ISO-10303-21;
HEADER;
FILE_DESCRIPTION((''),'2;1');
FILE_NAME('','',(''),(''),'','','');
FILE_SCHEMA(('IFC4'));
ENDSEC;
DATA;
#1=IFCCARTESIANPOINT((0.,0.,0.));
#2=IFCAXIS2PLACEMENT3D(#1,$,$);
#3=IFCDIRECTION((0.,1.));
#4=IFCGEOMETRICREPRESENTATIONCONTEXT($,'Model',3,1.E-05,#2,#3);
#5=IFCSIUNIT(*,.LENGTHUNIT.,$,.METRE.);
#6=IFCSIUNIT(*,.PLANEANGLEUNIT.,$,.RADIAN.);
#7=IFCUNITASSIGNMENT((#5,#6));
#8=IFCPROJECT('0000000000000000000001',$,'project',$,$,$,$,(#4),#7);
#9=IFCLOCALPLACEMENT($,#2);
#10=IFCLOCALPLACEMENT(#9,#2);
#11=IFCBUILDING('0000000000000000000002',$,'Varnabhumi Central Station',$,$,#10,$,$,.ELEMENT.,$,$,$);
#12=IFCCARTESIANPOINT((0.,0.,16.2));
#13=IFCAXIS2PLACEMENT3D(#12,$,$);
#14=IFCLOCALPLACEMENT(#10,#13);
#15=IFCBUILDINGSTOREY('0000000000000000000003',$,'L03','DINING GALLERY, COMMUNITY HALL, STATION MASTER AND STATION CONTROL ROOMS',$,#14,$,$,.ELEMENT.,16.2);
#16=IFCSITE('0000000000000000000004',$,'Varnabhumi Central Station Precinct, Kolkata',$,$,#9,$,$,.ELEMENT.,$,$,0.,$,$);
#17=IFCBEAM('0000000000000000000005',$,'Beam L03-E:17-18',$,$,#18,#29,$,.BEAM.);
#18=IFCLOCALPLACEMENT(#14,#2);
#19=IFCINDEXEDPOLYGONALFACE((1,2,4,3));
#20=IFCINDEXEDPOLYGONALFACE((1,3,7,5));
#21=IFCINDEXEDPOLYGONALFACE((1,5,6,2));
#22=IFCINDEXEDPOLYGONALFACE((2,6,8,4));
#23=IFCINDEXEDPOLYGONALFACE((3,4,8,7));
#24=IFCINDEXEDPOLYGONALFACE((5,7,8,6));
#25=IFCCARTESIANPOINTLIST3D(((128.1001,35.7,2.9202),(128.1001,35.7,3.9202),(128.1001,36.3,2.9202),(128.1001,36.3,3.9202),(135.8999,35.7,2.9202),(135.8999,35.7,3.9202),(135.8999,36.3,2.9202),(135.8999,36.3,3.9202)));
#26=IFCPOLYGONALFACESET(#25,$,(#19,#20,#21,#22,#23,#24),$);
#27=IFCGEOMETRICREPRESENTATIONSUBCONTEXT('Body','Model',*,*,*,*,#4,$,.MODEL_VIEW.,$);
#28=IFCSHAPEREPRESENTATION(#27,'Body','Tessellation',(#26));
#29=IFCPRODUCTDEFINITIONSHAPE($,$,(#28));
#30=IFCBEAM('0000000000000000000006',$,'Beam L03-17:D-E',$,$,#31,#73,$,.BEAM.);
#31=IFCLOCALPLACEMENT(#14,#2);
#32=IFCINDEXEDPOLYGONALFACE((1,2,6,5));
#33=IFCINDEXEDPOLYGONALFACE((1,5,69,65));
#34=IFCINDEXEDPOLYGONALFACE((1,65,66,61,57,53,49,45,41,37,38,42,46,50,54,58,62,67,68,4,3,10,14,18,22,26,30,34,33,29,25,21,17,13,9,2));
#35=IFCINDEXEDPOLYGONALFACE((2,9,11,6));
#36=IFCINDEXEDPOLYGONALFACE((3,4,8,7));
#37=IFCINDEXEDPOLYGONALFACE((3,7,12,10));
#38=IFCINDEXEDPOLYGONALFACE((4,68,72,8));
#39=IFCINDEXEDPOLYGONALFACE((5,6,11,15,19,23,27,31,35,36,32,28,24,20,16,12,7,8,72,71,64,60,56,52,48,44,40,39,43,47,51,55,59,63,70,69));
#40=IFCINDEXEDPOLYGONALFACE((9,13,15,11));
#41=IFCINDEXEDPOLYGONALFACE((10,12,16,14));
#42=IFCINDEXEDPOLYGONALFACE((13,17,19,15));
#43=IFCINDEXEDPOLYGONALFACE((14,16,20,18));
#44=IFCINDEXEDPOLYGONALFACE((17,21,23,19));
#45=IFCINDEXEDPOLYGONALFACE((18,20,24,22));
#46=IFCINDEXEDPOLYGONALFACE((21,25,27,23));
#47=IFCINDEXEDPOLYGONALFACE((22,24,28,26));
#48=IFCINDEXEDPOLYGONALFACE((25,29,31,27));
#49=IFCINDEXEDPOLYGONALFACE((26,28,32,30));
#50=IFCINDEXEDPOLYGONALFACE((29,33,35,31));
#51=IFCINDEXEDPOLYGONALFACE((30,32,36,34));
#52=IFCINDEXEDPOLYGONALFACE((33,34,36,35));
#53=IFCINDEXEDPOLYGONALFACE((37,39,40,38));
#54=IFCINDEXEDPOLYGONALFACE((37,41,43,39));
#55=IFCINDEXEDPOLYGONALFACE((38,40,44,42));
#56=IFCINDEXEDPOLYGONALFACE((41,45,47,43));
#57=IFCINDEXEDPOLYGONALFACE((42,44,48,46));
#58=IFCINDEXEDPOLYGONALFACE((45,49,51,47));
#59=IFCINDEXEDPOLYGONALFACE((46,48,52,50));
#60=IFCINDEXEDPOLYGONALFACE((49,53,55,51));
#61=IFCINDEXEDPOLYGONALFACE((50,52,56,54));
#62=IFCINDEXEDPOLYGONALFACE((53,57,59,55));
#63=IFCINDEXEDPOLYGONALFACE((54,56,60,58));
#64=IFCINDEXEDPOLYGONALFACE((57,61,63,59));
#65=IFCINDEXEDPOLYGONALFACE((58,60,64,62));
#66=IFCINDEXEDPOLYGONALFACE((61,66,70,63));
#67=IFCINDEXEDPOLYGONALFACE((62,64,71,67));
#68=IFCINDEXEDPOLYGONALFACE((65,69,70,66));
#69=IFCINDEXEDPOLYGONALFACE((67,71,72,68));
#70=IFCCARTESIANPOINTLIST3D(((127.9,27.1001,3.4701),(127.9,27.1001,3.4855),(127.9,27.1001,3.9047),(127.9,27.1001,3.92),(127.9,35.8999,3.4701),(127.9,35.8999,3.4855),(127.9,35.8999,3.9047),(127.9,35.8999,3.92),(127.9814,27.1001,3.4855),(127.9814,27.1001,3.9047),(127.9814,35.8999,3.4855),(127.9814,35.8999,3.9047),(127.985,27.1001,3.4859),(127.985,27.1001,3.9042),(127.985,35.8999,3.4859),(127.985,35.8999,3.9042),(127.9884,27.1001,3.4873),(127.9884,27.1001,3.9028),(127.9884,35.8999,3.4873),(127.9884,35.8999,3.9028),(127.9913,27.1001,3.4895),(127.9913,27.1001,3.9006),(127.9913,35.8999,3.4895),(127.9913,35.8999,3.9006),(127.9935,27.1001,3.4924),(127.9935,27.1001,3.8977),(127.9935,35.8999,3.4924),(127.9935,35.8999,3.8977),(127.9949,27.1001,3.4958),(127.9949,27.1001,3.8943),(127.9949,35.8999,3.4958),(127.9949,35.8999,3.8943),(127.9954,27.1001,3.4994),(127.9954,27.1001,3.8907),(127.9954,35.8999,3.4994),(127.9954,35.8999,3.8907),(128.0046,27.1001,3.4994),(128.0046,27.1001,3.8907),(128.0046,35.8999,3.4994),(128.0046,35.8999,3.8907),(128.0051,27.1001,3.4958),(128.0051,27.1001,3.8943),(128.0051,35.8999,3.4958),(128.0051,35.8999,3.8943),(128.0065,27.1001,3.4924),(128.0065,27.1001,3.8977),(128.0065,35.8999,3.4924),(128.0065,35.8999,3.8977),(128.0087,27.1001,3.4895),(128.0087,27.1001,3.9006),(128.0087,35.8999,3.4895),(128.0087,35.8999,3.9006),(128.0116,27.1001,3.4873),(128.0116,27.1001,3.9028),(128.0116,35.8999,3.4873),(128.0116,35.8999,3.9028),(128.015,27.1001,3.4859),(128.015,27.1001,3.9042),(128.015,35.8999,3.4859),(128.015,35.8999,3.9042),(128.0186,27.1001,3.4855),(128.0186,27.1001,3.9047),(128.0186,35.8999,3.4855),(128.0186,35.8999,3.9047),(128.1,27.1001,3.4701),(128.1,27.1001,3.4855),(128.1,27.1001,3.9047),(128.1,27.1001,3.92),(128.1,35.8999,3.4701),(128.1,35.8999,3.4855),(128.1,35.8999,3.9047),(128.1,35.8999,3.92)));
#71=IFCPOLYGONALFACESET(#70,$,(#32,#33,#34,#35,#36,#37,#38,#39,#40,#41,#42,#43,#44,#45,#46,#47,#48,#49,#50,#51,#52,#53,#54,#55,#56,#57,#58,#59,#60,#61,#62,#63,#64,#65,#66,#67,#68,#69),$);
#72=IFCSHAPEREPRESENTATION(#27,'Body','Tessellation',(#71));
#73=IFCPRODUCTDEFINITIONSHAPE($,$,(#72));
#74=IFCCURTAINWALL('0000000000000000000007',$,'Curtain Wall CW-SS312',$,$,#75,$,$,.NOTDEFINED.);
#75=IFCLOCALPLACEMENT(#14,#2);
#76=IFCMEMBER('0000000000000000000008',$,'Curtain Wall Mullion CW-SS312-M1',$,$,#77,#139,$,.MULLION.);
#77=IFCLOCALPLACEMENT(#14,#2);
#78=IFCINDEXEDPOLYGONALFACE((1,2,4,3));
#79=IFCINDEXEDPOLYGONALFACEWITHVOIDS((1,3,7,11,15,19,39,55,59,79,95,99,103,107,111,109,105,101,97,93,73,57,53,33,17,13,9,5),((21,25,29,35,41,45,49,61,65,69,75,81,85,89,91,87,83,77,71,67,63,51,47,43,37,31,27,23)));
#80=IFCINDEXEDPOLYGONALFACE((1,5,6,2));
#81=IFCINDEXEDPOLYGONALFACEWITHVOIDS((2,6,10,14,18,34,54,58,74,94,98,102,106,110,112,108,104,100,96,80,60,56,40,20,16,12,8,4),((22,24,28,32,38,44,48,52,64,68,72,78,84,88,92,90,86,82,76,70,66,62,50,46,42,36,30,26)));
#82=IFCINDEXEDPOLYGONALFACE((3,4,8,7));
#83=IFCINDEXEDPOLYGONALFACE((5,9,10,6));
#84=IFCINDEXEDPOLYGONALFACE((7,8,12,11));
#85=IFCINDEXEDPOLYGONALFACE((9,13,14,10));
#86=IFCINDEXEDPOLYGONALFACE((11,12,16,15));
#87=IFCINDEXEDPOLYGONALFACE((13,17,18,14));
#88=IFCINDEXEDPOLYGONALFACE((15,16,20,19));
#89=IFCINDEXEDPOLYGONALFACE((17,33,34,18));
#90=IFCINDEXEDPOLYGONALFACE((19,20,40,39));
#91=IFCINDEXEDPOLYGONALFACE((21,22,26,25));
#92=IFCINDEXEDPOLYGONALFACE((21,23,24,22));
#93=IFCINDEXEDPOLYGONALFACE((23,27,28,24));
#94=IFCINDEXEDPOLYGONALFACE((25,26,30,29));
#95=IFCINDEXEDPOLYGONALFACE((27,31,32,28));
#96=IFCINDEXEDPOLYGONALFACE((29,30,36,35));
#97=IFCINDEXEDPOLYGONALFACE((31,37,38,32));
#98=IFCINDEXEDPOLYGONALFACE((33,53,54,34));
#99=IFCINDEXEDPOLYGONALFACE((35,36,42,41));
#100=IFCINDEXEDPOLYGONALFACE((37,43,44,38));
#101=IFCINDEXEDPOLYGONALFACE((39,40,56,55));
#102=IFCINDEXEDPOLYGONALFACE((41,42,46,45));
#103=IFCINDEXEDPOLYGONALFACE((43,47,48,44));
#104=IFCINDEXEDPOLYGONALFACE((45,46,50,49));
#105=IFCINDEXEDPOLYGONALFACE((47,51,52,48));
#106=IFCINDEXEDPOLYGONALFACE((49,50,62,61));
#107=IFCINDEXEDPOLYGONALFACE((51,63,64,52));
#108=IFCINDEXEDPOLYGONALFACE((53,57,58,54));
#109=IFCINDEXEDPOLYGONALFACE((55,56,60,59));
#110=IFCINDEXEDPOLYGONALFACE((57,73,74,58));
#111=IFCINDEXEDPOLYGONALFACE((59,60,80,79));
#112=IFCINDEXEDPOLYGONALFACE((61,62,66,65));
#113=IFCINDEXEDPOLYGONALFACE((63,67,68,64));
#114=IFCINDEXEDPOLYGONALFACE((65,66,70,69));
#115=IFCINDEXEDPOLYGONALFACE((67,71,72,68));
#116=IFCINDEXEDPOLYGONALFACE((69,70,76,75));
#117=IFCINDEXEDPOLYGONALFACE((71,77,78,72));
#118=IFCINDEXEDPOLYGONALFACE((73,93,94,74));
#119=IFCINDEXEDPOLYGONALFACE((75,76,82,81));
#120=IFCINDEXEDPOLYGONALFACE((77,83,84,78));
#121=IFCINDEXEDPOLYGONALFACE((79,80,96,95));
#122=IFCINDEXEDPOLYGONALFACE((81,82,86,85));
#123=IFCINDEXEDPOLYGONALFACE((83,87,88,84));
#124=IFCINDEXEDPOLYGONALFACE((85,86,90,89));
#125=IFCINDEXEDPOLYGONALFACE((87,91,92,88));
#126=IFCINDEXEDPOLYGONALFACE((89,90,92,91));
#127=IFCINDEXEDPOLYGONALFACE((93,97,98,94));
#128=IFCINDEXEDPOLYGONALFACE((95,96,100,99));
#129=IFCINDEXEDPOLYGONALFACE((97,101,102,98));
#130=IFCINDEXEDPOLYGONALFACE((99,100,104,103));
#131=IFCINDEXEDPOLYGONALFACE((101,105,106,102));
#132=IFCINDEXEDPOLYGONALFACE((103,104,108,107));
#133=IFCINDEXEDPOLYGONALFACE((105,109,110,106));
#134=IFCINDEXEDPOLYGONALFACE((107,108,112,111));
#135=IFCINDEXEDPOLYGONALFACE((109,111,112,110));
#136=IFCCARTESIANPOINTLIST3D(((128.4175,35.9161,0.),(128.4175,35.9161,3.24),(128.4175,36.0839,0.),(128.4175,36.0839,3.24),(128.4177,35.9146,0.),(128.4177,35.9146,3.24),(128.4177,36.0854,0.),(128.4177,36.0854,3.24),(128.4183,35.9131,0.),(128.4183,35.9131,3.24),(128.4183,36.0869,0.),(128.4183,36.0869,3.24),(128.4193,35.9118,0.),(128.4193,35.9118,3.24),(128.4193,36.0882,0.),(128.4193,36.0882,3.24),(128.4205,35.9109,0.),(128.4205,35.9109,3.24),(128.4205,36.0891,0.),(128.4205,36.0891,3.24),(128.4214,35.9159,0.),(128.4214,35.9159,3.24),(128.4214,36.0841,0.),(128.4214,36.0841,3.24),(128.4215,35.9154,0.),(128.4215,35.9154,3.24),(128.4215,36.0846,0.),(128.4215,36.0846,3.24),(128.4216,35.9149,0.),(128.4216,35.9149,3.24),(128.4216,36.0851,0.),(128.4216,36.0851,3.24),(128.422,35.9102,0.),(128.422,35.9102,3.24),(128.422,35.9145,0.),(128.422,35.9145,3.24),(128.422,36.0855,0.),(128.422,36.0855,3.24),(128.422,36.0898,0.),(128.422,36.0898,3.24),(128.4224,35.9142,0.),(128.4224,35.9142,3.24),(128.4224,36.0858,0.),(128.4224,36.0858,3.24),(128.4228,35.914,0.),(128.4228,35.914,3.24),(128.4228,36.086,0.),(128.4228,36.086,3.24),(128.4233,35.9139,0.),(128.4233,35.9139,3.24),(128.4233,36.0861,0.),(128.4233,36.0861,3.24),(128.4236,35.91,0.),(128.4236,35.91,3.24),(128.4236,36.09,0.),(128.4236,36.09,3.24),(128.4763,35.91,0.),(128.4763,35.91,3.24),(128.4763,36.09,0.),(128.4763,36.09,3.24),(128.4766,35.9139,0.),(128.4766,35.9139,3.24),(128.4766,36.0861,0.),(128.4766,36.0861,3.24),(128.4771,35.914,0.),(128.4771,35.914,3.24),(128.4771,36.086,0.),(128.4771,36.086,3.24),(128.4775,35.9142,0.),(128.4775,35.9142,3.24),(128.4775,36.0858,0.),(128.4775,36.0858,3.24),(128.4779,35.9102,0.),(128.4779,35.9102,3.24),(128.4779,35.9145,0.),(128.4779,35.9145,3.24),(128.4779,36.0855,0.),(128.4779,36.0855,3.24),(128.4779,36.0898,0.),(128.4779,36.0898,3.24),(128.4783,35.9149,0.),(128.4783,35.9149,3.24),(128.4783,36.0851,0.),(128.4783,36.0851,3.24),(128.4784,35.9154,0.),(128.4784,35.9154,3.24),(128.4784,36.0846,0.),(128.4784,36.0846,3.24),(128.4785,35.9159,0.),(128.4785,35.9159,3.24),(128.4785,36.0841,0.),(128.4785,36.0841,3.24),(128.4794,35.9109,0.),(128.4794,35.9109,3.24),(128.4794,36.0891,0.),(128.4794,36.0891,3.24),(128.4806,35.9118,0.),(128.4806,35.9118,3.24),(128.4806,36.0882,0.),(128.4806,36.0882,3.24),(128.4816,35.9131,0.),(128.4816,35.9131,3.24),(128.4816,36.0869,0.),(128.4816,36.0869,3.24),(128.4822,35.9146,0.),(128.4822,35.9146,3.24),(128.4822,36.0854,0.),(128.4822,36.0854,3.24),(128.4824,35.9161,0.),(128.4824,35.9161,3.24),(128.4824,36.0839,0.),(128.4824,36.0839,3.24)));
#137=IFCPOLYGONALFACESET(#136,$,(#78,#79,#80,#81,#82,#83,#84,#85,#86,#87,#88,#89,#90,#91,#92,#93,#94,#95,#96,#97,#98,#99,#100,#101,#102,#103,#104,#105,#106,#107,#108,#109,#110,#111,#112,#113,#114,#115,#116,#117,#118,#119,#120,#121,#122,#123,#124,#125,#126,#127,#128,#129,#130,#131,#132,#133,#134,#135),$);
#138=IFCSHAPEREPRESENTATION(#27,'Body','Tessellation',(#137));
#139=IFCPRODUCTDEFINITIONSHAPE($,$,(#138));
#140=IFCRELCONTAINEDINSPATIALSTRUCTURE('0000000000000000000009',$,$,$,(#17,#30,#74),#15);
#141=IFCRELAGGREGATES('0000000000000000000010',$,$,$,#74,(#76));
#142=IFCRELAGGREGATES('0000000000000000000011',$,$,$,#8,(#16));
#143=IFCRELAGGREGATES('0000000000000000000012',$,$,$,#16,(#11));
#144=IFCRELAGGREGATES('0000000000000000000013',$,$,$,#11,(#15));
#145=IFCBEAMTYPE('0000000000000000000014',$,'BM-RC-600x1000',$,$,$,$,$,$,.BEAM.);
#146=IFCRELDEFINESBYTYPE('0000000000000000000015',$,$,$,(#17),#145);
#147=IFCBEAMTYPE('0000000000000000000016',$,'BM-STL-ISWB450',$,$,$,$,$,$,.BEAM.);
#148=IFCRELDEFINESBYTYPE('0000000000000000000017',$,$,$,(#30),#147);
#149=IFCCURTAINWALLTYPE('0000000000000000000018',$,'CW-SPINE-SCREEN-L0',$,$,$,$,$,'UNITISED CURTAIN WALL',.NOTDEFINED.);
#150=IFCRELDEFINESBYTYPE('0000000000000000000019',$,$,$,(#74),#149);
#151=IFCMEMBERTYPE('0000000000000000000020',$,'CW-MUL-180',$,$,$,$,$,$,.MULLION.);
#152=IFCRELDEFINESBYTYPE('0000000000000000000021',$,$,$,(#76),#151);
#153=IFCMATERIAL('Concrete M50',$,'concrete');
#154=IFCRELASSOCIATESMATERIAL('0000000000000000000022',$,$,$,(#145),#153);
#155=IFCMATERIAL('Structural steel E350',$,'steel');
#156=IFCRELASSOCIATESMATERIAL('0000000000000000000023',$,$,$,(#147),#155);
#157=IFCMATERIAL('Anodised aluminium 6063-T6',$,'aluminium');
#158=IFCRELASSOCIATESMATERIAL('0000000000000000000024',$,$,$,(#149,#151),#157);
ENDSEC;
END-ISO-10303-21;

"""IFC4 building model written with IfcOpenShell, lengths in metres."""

from ifc_helpers import new_model, si_unit, direction, frame, origin, origin_2d, place, context, subcontext, project, spatial, rectangle, hollow_rectangle, i_section, extrude, material, material_profile, profile_set, type_object, element, aggregate, save


model = new_model("IFC4")

# Units and contexts
model_context = context("Model", 3, precision=1e-05, world=origin(), true_north=direction((0.0, 1.0)))
body_context = subcontext(model_context, "Body", "Model", "MODEL_VIEW")
ifc_project = project(units=[si_unit("LENGTHUNIT", "METRE"), si_unit("PLANEANGLEUNIT", "RADIAN")], contexts=[model_context])

# Site, building, storey
site_placement = place(None, origin())
site = spatial("IfcSite", under=ifc_project, at=site_placement, Name="Varnabhumi Central Station Precinct, Kolkata", CompositionType="ELEMENT", RefElevation=0.0)
building_placement = place(site_placement, origin())
building = spatial("IfcBuilding", under=site, at=building_placement, Name="Varnabhumi Central Station", CompositionType="ELEMENT")
storey_placement = place(building_placement, frame((0.0, 0.0, 16.2)))
storey = spatial("IfcBuildingStorey", under=building, at=storey_placement, Name="L03", Description="DINING GALLERY, COMMUNITY HALL, STATION MASTER AND STATION CONTROL ROOMS", CompositionType="ELEMENT", Elevation=16.2)

# Beams
ifc_material_1 = material(Name="Concrete M50", Category="concrete")
ifc_material_profile_1 = material_profile(ifc_material_1, rectangle(XDim=0.6001, YDim=1.0, at=origin_2d()), Name="Concrete M50", Category="concrete")
ifc_profile_set_1 = profile_set([ifc_material_profile_1], Name="Concrete M50")
beam_type_1 = type_object("IfcBeamType", Name="BM-RC-600x1000", PredefinedType="BEAM", material=ifc_profile_set_1)
beam_1_placement = place(storey_placement, frame((128.1001, 36.0, 3.4202), z_axis=(1.0, 0.0, 0.0), x_axis=(0.0, 1.0, 0.0)))
element("IfcBeam", 1, at=beam_1_placement, inside=storey, type_object=beam_type_1, Name="Beam L03-E:17-18", PredefinedType="BEAM", context=body_context, shape_type="SweptSolid", body=[
    extrude(rectangle(XDim=0.6001, YDim=1.0, at=origin_2d()), origin(), (0.0, 0.0, 1.0), 7.7998),
])
ifc_material_2 = material(Name="Structural steel E350", Category="steel")
ifc_material_profile_2 = material_profile(ifc_material_2, i_section(OverallWidth=0.2, OverallDepth=0.45, WebThickness=0.0093, FlangeThickness=0.0154, FilletRadius=0.0139, at=origin_2d()), Name="Structural steel E350", Category="steel")
ifc_profile_set_2 = profile_set([ifc_material_profile_2], Name="Structural steel E350")
beam_type_2 = type_object("IfcBeamType", Name="BM-STL-ISWB450", PredefinedType="BEAM", material=ifc_profile_set_2)
beam_2_placement = place(storey_placement, frame((128.0, 27.1001, 3.6951), z_axis=(0.0, 1.0, 0.0), x_axis=(-1.0, 0.0, 0.0)))
element("IfcBeam", 2, at=beam_2_placement, inside=storey, type_object=beam_type_2, Name="Beam L03-17:D-E", PredefinedType="BEAM", context=body_context, shape_type="SweptSolid", body=[
    extrude(i_section(OverallWidth=0.2, OverallDepth=0.45, WebThickness=0.0093, FlangeThickness=0.0154, FilletRadius=0.0139, at=origin_2d()), origin(), (0.0, 0.0, 1.0), 8.7998),
])

# Curtain wall, member
ifc_material_3 = material(Name="Anodised aluminium 6063-T6", Category="aluminium")
curtain_wall_type_1 = type_object("IfcCurtainWallType", Name="CW-SPINE-SCREEN-L0", ElementType="UNITISED CURTAIN WALL", PredefinedType="NOTDEFINED", material=ifc_material_3)
curtain_wall_1_placement = place(storey_placement, origin())
curtain_wall_1 = element("IfcCurtainWall", 3, at=curtain_wall_1_placement, inside=storey, type_object=curtain_wall_type_1, Name="Curtain Wall CW-SS312", PredefinedType="NOTDEFINED")
ifc_material_profile_3 = material_profile(ifc_material_3, hollow_rectangle(XDim=0.0649, YDim=0.1799, WallThickness=0.0039, InnerFilletRadius=0.002, OuterFilletRadius=0.0061, at=origin_2d()), Name="Anodised aluminium 6063-T6", Category="aluminium")
ifc_profile_set_3 = profile_set([ifc_material_profile_3], Name="Anodised aluminium 6063-T6")
member_type_1 = type_object("IfcMemberType", Name="CW-MUL-180", PredefinedType="MULLION", material=ifc_profile_set_3)
member_1_placement = place(storey_placement, frame((128.45, 36.0, 0.0), z_axis=(0.0, 0.0, 1.0), x_axis=(1.0, 0.0, 0.0)))
member_1 = element("IfcMember", 4, at=member_1_placement, type_object=member_type_1, Name="Curtain Wall Mullion CW-SS312-M1", PredefinedType="MULLION", context=body_context, shape_type="SweptSolid", body=[
    extrude(hollow_rectangle(XDim=0.0649, YDim=0.1799, WallThickness=0.0039, InnerFilletRadius=0.002, OuterFilletRadius=0.0061, at=origin_2d()), origin(), (0.0, 0.0, 1.0), 3.24),
])

aggregate(curtain_wall_1, [member_1])

save(model, "model.ifc")
